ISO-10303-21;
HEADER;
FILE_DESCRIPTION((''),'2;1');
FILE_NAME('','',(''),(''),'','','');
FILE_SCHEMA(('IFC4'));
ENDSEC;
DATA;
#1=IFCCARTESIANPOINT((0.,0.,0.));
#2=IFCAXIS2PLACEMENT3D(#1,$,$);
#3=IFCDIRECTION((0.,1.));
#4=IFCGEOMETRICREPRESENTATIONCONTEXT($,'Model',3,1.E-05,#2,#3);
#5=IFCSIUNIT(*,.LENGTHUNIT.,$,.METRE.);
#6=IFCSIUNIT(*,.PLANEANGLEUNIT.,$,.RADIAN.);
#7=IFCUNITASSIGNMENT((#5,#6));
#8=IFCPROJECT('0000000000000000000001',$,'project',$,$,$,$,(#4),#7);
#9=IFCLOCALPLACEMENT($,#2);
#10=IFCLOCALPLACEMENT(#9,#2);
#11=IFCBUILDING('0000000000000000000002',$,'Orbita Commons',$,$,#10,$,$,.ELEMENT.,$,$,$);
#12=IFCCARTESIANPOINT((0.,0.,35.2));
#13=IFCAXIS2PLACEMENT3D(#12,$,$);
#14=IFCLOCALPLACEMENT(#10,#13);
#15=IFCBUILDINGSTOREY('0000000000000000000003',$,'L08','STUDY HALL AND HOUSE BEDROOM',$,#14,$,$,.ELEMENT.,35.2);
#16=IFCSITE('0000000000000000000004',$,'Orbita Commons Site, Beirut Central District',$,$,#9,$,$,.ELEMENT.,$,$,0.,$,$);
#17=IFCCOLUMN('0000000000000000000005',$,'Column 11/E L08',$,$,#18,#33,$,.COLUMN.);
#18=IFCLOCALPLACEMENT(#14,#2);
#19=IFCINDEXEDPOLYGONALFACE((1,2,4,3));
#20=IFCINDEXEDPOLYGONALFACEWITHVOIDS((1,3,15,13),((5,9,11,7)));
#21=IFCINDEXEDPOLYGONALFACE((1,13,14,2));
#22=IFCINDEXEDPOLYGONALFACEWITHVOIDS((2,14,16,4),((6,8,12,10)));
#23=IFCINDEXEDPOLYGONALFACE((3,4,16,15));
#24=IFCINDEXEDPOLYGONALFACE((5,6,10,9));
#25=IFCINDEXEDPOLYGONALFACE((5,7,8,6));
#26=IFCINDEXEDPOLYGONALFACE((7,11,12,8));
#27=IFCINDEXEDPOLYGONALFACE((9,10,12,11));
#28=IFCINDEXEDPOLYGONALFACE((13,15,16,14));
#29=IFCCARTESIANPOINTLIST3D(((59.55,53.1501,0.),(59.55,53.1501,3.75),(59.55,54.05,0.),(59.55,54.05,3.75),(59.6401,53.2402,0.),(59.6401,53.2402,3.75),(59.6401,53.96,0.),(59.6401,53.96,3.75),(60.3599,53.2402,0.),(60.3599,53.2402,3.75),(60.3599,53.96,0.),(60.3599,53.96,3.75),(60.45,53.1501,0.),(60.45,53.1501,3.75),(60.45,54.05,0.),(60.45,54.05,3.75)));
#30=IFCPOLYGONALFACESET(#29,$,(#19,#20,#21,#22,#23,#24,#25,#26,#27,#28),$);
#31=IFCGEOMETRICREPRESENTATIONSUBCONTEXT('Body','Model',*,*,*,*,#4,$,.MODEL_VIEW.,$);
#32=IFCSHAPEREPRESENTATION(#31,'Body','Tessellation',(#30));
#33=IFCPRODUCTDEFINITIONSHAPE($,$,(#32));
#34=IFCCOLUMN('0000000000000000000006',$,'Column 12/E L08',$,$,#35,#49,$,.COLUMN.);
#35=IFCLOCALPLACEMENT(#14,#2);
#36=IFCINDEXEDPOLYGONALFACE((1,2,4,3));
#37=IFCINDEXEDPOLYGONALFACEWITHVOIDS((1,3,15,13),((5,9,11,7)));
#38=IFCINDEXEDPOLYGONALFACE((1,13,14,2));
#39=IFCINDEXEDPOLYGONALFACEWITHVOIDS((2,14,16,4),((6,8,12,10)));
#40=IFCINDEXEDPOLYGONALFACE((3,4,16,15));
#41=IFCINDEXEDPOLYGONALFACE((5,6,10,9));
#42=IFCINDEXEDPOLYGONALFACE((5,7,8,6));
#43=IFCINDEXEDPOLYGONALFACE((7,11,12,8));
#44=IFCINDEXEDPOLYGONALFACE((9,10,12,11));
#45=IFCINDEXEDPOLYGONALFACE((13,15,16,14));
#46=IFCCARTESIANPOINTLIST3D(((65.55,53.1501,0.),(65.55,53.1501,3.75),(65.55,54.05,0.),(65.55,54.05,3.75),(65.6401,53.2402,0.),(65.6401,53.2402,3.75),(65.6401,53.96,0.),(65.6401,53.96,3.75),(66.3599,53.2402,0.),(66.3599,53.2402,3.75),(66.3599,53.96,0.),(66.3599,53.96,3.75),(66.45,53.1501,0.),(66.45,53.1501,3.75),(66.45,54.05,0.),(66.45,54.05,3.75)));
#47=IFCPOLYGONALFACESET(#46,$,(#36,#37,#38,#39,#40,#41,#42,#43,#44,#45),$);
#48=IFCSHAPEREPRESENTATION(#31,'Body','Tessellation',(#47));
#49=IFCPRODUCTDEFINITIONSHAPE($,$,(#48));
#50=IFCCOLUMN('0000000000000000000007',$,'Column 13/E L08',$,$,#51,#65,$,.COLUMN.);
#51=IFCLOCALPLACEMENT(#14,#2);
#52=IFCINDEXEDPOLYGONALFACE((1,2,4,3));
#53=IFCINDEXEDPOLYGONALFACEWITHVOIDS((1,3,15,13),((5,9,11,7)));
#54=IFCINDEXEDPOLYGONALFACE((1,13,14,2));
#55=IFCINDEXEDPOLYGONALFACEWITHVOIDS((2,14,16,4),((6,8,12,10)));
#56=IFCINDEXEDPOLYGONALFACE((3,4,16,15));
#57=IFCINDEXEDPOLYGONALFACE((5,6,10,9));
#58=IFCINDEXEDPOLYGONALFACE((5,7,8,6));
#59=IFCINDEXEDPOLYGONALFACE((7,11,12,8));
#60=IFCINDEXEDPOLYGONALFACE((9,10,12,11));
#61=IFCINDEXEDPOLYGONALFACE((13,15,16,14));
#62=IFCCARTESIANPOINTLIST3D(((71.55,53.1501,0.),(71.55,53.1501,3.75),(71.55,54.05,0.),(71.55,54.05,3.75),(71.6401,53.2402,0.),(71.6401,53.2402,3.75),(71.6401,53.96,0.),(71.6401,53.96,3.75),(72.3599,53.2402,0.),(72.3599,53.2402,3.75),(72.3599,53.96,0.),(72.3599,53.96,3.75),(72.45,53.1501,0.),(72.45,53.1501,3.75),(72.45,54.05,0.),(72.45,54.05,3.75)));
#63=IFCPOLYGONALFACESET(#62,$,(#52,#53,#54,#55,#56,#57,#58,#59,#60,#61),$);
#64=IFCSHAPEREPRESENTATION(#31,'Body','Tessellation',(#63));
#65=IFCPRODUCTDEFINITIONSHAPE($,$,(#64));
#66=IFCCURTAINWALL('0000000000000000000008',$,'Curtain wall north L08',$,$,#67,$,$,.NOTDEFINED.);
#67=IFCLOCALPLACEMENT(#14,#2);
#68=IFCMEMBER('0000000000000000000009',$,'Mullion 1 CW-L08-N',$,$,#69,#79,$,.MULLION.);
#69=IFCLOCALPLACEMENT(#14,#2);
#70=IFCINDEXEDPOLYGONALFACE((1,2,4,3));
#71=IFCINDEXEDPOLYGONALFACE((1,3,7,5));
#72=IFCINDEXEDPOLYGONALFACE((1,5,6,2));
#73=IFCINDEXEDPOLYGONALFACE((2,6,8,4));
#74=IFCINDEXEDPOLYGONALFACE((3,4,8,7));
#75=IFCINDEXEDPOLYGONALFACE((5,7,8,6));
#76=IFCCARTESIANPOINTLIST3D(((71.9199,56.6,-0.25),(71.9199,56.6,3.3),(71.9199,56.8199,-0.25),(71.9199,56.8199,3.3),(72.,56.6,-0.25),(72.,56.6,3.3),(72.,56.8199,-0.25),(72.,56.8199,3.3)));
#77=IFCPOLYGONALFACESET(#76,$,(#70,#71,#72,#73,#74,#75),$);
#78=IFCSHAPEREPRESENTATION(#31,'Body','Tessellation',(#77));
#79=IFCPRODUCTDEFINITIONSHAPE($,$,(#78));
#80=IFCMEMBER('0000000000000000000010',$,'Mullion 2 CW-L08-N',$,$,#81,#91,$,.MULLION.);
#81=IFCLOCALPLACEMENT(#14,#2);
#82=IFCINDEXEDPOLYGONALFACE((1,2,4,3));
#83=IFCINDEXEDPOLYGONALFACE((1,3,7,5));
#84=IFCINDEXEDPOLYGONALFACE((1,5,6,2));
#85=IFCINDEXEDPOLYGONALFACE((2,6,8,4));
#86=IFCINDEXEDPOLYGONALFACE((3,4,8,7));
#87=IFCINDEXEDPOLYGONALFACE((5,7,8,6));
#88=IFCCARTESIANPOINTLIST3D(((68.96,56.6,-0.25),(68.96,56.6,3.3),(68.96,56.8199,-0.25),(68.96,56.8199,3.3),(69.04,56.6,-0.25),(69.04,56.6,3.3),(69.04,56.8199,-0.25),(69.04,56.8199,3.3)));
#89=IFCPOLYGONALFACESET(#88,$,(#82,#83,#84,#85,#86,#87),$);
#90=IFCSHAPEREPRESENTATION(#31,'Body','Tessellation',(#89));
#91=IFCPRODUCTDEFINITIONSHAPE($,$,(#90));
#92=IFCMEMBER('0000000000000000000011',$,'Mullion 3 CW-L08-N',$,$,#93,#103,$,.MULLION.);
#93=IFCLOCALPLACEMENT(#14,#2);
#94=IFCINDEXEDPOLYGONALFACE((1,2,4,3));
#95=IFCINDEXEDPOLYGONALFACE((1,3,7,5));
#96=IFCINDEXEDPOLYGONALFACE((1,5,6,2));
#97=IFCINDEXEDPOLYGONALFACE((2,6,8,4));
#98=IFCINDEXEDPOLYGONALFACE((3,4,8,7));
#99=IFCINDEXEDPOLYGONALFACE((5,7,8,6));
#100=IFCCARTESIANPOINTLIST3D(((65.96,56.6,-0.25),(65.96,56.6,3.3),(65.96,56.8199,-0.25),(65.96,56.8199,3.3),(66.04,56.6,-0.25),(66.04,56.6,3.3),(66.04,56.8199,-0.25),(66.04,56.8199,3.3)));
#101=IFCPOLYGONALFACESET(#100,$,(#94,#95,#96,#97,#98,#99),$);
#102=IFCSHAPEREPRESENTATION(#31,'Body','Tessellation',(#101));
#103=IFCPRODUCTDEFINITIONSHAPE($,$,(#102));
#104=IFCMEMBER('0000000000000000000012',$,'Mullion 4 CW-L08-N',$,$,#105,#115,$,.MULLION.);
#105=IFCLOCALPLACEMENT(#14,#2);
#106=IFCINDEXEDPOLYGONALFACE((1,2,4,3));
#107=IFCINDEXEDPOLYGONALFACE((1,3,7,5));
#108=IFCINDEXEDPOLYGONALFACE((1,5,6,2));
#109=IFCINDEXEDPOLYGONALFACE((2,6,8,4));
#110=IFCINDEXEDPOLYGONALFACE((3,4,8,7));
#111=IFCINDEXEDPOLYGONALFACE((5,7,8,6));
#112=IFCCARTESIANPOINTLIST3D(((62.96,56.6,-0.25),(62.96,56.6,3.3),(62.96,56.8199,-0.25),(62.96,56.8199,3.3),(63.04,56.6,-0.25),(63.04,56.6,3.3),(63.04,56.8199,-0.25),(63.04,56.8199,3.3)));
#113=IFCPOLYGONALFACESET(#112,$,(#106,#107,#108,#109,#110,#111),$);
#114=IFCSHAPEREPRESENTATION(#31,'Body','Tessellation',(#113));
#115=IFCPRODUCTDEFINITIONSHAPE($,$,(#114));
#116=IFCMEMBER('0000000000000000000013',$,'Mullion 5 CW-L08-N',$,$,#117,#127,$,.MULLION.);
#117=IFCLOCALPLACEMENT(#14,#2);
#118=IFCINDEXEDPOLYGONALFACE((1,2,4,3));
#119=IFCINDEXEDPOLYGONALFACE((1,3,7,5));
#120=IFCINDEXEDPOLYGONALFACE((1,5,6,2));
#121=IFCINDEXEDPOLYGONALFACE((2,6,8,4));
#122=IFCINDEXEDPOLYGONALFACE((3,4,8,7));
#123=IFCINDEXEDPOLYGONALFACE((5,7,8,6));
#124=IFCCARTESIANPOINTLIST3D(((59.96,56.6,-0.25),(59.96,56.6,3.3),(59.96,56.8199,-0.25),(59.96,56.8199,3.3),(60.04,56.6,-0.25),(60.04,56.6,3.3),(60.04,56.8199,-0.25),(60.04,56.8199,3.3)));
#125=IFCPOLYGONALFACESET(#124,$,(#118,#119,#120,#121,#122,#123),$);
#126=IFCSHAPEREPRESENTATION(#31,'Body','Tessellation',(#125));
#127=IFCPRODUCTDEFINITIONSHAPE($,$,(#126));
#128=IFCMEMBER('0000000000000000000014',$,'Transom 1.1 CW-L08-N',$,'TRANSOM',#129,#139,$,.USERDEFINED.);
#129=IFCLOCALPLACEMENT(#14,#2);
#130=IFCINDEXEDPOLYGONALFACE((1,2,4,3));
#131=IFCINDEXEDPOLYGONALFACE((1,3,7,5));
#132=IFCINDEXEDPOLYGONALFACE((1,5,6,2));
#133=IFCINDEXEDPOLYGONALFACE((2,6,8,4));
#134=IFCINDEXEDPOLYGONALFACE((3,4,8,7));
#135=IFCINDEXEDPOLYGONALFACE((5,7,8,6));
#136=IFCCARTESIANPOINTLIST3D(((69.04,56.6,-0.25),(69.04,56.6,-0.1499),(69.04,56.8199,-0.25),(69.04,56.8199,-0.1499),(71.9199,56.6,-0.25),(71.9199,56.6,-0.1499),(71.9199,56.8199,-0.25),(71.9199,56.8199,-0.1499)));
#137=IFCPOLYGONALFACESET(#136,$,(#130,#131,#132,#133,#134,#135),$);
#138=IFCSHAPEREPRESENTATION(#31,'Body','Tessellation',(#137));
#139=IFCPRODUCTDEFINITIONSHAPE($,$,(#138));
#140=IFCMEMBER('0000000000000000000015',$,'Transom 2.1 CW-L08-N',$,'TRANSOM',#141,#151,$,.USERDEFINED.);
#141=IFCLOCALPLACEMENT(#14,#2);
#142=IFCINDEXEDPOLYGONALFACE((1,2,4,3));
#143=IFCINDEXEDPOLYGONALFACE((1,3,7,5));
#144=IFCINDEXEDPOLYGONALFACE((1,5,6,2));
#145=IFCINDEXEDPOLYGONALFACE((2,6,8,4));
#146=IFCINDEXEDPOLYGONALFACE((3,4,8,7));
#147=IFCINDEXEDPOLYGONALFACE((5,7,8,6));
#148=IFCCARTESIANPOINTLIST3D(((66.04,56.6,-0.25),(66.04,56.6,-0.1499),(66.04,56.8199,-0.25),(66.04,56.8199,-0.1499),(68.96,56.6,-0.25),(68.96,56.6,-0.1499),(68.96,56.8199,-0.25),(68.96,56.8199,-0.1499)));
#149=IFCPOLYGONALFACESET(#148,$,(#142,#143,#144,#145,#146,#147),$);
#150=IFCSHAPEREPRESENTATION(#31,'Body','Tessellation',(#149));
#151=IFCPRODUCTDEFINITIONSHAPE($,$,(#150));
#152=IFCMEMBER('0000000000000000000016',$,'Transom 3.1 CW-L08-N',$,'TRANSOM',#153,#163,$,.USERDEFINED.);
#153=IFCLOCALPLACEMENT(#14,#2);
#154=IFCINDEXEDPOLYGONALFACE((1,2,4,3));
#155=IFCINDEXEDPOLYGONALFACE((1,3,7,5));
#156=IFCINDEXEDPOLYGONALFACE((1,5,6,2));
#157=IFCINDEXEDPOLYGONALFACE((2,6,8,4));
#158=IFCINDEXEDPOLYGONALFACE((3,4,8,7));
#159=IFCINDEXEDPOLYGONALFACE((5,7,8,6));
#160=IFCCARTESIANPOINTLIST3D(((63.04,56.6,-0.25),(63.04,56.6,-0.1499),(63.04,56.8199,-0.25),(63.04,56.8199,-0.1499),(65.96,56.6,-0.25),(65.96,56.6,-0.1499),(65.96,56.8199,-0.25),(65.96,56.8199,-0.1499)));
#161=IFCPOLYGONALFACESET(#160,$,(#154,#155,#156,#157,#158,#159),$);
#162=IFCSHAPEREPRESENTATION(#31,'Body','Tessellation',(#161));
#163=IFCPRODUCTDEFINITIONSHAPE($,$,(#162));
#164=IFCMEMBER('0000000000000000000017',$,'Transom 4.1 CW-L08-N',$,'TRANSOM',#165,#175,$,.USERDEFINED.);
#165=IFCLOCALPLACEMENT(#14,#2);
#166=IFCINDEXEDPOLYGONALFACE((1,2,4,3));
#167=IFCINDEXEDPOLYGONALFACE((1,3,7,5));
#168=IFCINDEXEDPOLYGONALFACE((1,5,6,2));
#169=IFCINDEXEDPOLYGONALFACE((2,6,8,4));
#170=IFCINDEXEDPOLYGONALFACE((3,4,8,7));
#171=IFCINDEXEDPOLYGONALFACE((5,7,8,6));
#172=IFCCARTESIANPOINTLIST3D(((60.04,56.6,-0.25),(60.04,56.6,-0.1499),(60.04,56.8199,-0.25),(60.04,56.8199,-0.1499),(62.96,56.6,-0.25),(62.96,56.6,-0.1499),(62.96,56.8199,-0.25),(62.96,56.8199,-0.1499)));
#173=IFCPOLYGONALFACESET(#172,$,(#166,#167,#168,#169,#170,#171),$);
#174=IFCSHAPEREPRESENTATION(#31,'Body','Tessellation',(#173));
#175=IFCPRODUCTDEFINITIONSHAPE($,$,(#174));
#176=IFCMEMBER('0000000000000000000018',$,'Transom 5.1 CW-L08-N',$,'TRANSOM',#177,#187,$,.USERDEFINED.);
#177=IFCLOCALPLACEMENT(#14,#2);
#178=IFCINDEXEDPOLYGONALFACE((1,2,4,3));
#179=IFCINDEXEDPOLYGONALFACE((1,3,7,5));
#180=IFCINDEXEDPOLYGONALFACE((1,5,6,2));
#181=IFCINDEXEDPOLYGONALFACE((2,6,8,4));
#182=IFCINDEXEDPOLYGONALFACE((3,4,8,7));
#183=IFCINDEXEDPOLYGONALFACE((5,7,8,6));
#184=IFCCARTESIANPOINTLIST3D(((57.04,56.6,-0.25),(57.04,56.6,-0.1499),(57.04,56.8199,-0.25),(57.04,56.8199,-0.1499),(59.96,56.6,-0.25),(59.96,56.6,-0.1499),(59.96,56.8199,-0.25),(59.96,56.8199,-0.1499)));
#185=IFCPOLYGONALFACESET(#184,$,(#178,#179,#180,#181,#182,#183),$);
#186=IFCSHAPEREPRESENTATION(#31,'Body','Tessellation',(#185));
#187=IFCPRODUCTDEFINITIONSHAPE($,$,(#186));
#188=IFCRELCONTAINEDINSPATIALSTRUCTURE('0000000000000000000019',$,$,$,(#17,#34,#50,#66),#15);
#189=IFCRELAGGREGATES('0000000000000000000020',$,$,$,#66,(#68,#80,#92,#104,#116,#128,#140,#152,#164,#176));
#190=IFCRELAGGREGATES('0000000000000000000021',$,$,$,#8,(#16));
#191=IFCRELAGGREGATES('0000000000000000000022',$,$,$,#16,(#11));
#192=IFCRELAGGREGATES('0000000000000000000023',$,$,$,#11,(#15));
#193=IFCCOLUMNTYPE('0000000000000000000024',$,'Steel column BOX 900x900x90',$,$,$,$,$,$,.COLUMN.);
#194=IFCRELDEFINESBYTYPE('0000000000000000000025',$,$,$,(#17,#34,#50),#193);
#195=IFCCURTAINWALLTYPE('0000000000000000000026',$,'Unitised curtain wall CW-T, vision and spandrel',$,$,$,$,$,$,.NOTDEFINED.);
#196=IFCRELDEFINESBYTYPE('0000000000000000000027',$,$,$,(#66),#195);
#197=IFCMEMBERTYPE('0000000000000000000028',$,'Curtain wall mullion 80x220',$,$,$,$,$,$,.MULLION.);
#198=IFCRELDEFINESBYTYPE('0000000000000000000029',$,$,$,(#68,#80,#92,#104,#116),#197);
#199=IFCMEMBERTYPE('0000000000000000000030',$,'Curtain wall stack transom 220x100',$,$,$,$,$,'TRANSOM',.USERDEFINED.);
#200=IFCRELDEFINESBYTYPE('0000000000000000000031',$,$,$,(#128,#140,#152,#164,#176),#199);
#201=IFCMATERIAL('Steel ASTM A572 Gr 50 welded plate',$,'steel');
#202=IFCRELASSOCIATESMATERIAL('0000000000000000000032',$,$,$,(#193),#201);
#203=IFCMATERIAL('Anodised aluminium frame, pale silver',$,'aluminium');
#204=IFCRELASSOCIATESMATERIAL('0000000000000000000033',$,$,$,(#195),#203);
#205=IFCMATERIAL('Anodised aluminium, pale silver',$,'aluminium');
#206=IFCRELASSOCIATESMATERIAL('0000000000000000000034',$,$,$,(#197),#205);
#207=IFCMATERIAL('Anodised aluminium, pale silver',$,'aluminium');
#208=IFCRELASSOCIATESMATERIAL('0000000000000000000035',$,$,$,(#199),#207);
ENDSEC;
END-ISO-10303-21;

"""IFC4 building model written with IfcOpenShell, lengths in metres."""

from ifc_helpers import new_model, si_unit, direction, frame, origin, origin_2d, place, context, subcontext, project, spatial, rectangle, hollow_rectangle, extrude, material, material_profile, profile_set, type_object, element, aggregate, save


model = new_model("IFC4")

# Units and contexts
model_context = context("Model", 3, precision=1e-05, world=origin(), true_north=direction((0.0, 1.0)))
body_context = subcontext(model_context, "Body", "Model", "MODEL_VIEW")
ifc_project = project(units=[si_unit("LENGTHUNIT", "METRE"), si_unit("PLANEANGLEUNIT", "RADIAN")], contexts=[model_context])

# Site, building, storey
site_placement = place(None, origin())
site = spatial("IfcSite", under=ifc_project, at=site_placement, Name="Orbita Commons Site, Beirut Central District", CompositionType="ELEMENT", RefElevation=0.0)
building_placement = place(site_placement, origin())
building = spatial("IfcBuilding", under=site, at=building_placement, Name="Orbita Commons", CompositionType="ELEMENT")
storey_placement = place(building_placement, frame((0.0, 0.0, 35.2)))
storey = spatial("IfcBuildingStorey", under=building, at=storey_placement, Name="L08", Description="STUDY HALL AND HOUSE BEDROOM", CompositionType="ELEMENT", Elevation=35.2)

# Columns
ifc_material_1 = material(Name="Steel ASTM A572 Gr 50 welded plate", Category="steel")
ifc_material_profile_1 = material_profile(ifc_material_1, hollow_rectangle(XDim=0.8999, YDim=0.8999, WallThickness=0.0901, at=origin_2d()), Name="BOX 900x900x90")
ifc_profile_set_1 = profile_set([ifc_material_profile_1], Name="Steel ASTM A572 Gr 50 welded plate")
column_type = type_object("IfcColumnType", Name="Steel column BOX 900x900x90", PredefinedType="COLUMN", material=ifc_profile_set_1)
for number, where, z_axis, x_axis, name in (
    (1, (60.0, 53.6001, 0.0), (0.0, 0.0, 1.0), (1.0, 0.0, 0.0), "Column 11/E L08"),
    (2, (66.0, 53.6001, 0.0), (0.0, 0.0, 1.0), (1.0, 0.0, 0.0), "Column 12/E L08"),
    (3, (72.0, 53.6001, 0.0), (0.0, 0.0, 1.0), (1.0, 0.0, 0.0), "Column 13/E L08"),
):
    element("IfcColumn", number, at=place(storey_placement, frame(where, z_axis=z_axis, x_axis=x_axis)), inside=storey, type_object=column_type, Name=name, PredefinedType="COLUMN", context=body_context, shape_type="SweptSolid", body=[
        extrude(hollow_rectangle(XDim=0.8999, YDim=0.8999, WallThickness=0.0901, at=origin_2d()), origin(), (0.0, 0.0, 1.0), 3.75),
    ])

# Curtain wall, members
ifc_material_2 = material(Name="Anodised aluminium frame, pale silver", Category="aluminium")
curtain_wall_type = type_object("IfcCurtainWallType", Name="Unitised curtain wall CW-T, vision and spandrel", PredefinedType="NOTDEFINED", material=ifc_material_2)
curtain_wall_placement = place(storey_placement, origin())
curtain_wall = element("IfcCurtainWall", 4, at=curtain_wall_placement, inside=storey, type_object=curtain_wall_type, Name="Curtain wall north L08", PredefinedType="NOTDEFINED")
ifc_material_3 = material(Name="Anodised aluminium, pale silver", Category="aluminium")
ifc_material_profile_2 = material_profile(ifc_material_3, rectangle(XDim=0.0801, YDim=0.22, at=origin_2d()), Name="AL 80x220")
ifc_profile_set_2 = profile_set([ifc_material_profile_2], Name="Anodised aluminium, pale silver")
member_type_1 = type_object("IfcMemberType", Name="Curtain wall mullion 80x220", PredefinedType="MULLION", material=ifc_profile_set_2)
member_1_placement = place(storey_placement, frame((71.96, 56.71, -0.25), z_axis=(0.0, 0.0, 1.0), x_axis=(-1.0, 0.0, 0.0)))
member_1 = element("IfcMember", 5, at=member_1_placement, type_object=member_type_1, Name="Mullion 1 CW-L08-N", PredefinedType="MULLION", context=body_context, shape_type="SweptSolid", body=[
    extrude(rectangle(XDim=0.0801, YDim=0.22, at=origin_2d()), origin(), (0.0, 0.0, 1.0), 3.55),
])
member_2_placement = place(storey_placement, frame((69.0, 56.71, -0.25), z_axis=(0.0, 0.0, 1.0), x_axis=(-1.0, 0.0, 0.0)))
member_2 = element("IfcMember", 6, at=member_2_placement, type_object=member_type_1, Name="Mullion 2 CW-L08-N", PredefinedType="MULLION", context=body_context, shape_type="SweptSolid", body=[
    extrude(rectangle(XDim=0.0801, YDim=0.22, at=origin_2d()), origin(), (0.0, 0.0, 1.0), 3.55),
])
member_3_placement = place(storey_placement, frame((66.0, 56.71, -0.25), z_axis=(0.0, 0.0, 1.0), x_axis=(-1.0, 0.0, 0.0)))
member_3 = element("IfcMember", 7, at=member_3_placement, type_object=member_type_1, Name="Mullion 3 CW-L08-N", PredefinedType="MULLION", context=body_context, shape_type="SweptSolid", body=[
    extrude(rectangle(XDim=0.0801, YDim=0.22, at=origin_2d()), origin(), (0.0, 0.0, 1.0), 3.55),
])
member_4_placement = place(storey_placement, frame((63.0, 56.71, -0.25), z_axis=(0.0, 0.0, 1.0), x_axis=(-1.0, 0.0, 0.0)))
member_4 = element("IfcMember", 8, at=member_4_placement, type_object=member_type_1, Name="Mullion 4 CW-L08-N", PredefinedType="MULLION", context=body_context, shape_type="SweptSolid", body=[
    extrude(rectangle(XDim=0.0801, YDim=0.22, at=origin_2d()), origin(), (0.0, 0.0, 1.0), 3.55),
])
member_5_placement = place(storey_placement, frame((60.0, 56.71, -0.25), z_axis=(0.0, 0.0, 1.0), x_axis=(-1.0, 0.0, 0.0)))
member_5 = element("IfcMember", 9, at=member_5_placement, type_object=member_type_1, Name="Mullion 5 CW-L08-N", PredefinedType="MULLION", context=body_context, shape_type="SweptSolid", body=[
    extrude(rectangle(XDim=0.0801, YDim=0.22, at=origin_2d()), origin(), (0.0, 0.0, 1.0), 3.55),
])
ifc_material_4 = material(Name="Anodised aluminium, pale silver", Category="aluminium")
ifc_material_profile_3 = material_profile(ifc_material_4, rectangle(XDim=0.22, YDim=0.1001, at=origin_2d()), Name="AL 220x100")
ifc_profile_set_3 = profile_set([ifc_material_profile_3], Name="Anodised aluminium, pale silver")
member_type_2 = type_object("IfcMemberType", Name="Curtain wall stack transom 220x100", ElementType="TRANSOM", PredefinedType="USERDEFINED", material=ifc_profile_set_3)
member_6_placement = place(storey_placement, frame((71.9199, 56.71, -0.2), z_axis=(-1.0, 0.0, 0.0), x_axis=(0.0, -1.0, 0.0)))
member_6 = element("IfcMember", 10, at=member_6_placement, type_object=member_type_2, Name="Transom 1.1 CW-L08-N", ObjectType="TRANSOM", PredefinedType="USERDEFINED", context=body_context, shape_type="SweptSolid", body=[
    extrude(rectangle(XDim=0.22, YDim=0.1001, at=origin_2d()), origin(), (0.0, 0.0, 1.0), 2.8799),
])
member_7_placement = place(storey_placement, frame((68.96, 56.71, -0.2), z_axis=(-1.0, 0.0, 0.0), x_axis=(0.0, -1.0, 0.0)))
member_7 = element("IfcMember", 11, at=member_7_placement, type_object=member_type_2, Name="Transom 2.1 CW-L08-N", ObjectType="TRANSOM", PredefinedType="USERDEFINED", context=body_context, shape_type="SweptSolid", body=[
    extrude(rectangle(XDim=0.22, YDim=0.1001, at=origin_2d()), origin(), (0.0, 0.0, 1.0), 2.9199),
])
member_8_placement = place(storey_placement, frame((65.96, 56.71, -0.2), z_axis=(-1.0, 0.0, 0.0), x_axis=(0.0, -1.0, 0.0)))
member_8 = element("IfcMember", 12, at=member_8_placement, type_object=member_type_2, Name="Transom 3.1 CW-L08-N", ObjectType="TRANSOM", PredefinedType="USERDEFINED", context=body_context, shape_type="SweptSolid", body=[
    extrude(rectangle(XDim=0.22, YDim=0.1001, at=origin_2d()), origin(), (0.0, 0.0, 1.0), 2.9199),
])
member_9_placement = place(storey_placement, frame((62.96, 56.71, -0.2), z_axis=(-1.0, 0.0, 0.0), x_axis=(0.0, -1.0, 0.0)))
member_9 = element("IfcMember", 13, at=member_9_placement, type_object=member_type_2, Name="Transom 4.1 CW-L08-N", ObjectType="TRANSOM", PredefinedType="USERDEFINED", context=body_context, shape_type="SweptSolid", body=[
    extrude(rectangle(XDim=0.22, YDim=0.1001, at=origin_2d()), origin(), (0.0, 0.0, 1.0), 2.9199),
])
member_10_placement = place(storey_placement, frame((59.96, 56.71, -0.2), z_axis=(-1.0, 0.0, 0.0), x_axis=(0.0, -1.0, 0.0)))
member_10 = element("IfcMember", 14, at=member_10_placement, type_object=member_type_2, Name="Transom 5.1 CW-L08-N", ObjectType="TRANSOM", PredefinedType="USERDEFINED", context=body_context, shape_type="SweptSolid", body=[
    extrude(rectangle(XDim=0.22, YDim=0.1001, at=origin_2d()), origin(), (0.0, 0.0, 1.0), 2.9199),
])

aggregate(curtain_wall, [member_1, member_2, member_3, member_4, member_5, member_6, member_7, member_8, member_9, member_10])

save(model, "model.ifc")
